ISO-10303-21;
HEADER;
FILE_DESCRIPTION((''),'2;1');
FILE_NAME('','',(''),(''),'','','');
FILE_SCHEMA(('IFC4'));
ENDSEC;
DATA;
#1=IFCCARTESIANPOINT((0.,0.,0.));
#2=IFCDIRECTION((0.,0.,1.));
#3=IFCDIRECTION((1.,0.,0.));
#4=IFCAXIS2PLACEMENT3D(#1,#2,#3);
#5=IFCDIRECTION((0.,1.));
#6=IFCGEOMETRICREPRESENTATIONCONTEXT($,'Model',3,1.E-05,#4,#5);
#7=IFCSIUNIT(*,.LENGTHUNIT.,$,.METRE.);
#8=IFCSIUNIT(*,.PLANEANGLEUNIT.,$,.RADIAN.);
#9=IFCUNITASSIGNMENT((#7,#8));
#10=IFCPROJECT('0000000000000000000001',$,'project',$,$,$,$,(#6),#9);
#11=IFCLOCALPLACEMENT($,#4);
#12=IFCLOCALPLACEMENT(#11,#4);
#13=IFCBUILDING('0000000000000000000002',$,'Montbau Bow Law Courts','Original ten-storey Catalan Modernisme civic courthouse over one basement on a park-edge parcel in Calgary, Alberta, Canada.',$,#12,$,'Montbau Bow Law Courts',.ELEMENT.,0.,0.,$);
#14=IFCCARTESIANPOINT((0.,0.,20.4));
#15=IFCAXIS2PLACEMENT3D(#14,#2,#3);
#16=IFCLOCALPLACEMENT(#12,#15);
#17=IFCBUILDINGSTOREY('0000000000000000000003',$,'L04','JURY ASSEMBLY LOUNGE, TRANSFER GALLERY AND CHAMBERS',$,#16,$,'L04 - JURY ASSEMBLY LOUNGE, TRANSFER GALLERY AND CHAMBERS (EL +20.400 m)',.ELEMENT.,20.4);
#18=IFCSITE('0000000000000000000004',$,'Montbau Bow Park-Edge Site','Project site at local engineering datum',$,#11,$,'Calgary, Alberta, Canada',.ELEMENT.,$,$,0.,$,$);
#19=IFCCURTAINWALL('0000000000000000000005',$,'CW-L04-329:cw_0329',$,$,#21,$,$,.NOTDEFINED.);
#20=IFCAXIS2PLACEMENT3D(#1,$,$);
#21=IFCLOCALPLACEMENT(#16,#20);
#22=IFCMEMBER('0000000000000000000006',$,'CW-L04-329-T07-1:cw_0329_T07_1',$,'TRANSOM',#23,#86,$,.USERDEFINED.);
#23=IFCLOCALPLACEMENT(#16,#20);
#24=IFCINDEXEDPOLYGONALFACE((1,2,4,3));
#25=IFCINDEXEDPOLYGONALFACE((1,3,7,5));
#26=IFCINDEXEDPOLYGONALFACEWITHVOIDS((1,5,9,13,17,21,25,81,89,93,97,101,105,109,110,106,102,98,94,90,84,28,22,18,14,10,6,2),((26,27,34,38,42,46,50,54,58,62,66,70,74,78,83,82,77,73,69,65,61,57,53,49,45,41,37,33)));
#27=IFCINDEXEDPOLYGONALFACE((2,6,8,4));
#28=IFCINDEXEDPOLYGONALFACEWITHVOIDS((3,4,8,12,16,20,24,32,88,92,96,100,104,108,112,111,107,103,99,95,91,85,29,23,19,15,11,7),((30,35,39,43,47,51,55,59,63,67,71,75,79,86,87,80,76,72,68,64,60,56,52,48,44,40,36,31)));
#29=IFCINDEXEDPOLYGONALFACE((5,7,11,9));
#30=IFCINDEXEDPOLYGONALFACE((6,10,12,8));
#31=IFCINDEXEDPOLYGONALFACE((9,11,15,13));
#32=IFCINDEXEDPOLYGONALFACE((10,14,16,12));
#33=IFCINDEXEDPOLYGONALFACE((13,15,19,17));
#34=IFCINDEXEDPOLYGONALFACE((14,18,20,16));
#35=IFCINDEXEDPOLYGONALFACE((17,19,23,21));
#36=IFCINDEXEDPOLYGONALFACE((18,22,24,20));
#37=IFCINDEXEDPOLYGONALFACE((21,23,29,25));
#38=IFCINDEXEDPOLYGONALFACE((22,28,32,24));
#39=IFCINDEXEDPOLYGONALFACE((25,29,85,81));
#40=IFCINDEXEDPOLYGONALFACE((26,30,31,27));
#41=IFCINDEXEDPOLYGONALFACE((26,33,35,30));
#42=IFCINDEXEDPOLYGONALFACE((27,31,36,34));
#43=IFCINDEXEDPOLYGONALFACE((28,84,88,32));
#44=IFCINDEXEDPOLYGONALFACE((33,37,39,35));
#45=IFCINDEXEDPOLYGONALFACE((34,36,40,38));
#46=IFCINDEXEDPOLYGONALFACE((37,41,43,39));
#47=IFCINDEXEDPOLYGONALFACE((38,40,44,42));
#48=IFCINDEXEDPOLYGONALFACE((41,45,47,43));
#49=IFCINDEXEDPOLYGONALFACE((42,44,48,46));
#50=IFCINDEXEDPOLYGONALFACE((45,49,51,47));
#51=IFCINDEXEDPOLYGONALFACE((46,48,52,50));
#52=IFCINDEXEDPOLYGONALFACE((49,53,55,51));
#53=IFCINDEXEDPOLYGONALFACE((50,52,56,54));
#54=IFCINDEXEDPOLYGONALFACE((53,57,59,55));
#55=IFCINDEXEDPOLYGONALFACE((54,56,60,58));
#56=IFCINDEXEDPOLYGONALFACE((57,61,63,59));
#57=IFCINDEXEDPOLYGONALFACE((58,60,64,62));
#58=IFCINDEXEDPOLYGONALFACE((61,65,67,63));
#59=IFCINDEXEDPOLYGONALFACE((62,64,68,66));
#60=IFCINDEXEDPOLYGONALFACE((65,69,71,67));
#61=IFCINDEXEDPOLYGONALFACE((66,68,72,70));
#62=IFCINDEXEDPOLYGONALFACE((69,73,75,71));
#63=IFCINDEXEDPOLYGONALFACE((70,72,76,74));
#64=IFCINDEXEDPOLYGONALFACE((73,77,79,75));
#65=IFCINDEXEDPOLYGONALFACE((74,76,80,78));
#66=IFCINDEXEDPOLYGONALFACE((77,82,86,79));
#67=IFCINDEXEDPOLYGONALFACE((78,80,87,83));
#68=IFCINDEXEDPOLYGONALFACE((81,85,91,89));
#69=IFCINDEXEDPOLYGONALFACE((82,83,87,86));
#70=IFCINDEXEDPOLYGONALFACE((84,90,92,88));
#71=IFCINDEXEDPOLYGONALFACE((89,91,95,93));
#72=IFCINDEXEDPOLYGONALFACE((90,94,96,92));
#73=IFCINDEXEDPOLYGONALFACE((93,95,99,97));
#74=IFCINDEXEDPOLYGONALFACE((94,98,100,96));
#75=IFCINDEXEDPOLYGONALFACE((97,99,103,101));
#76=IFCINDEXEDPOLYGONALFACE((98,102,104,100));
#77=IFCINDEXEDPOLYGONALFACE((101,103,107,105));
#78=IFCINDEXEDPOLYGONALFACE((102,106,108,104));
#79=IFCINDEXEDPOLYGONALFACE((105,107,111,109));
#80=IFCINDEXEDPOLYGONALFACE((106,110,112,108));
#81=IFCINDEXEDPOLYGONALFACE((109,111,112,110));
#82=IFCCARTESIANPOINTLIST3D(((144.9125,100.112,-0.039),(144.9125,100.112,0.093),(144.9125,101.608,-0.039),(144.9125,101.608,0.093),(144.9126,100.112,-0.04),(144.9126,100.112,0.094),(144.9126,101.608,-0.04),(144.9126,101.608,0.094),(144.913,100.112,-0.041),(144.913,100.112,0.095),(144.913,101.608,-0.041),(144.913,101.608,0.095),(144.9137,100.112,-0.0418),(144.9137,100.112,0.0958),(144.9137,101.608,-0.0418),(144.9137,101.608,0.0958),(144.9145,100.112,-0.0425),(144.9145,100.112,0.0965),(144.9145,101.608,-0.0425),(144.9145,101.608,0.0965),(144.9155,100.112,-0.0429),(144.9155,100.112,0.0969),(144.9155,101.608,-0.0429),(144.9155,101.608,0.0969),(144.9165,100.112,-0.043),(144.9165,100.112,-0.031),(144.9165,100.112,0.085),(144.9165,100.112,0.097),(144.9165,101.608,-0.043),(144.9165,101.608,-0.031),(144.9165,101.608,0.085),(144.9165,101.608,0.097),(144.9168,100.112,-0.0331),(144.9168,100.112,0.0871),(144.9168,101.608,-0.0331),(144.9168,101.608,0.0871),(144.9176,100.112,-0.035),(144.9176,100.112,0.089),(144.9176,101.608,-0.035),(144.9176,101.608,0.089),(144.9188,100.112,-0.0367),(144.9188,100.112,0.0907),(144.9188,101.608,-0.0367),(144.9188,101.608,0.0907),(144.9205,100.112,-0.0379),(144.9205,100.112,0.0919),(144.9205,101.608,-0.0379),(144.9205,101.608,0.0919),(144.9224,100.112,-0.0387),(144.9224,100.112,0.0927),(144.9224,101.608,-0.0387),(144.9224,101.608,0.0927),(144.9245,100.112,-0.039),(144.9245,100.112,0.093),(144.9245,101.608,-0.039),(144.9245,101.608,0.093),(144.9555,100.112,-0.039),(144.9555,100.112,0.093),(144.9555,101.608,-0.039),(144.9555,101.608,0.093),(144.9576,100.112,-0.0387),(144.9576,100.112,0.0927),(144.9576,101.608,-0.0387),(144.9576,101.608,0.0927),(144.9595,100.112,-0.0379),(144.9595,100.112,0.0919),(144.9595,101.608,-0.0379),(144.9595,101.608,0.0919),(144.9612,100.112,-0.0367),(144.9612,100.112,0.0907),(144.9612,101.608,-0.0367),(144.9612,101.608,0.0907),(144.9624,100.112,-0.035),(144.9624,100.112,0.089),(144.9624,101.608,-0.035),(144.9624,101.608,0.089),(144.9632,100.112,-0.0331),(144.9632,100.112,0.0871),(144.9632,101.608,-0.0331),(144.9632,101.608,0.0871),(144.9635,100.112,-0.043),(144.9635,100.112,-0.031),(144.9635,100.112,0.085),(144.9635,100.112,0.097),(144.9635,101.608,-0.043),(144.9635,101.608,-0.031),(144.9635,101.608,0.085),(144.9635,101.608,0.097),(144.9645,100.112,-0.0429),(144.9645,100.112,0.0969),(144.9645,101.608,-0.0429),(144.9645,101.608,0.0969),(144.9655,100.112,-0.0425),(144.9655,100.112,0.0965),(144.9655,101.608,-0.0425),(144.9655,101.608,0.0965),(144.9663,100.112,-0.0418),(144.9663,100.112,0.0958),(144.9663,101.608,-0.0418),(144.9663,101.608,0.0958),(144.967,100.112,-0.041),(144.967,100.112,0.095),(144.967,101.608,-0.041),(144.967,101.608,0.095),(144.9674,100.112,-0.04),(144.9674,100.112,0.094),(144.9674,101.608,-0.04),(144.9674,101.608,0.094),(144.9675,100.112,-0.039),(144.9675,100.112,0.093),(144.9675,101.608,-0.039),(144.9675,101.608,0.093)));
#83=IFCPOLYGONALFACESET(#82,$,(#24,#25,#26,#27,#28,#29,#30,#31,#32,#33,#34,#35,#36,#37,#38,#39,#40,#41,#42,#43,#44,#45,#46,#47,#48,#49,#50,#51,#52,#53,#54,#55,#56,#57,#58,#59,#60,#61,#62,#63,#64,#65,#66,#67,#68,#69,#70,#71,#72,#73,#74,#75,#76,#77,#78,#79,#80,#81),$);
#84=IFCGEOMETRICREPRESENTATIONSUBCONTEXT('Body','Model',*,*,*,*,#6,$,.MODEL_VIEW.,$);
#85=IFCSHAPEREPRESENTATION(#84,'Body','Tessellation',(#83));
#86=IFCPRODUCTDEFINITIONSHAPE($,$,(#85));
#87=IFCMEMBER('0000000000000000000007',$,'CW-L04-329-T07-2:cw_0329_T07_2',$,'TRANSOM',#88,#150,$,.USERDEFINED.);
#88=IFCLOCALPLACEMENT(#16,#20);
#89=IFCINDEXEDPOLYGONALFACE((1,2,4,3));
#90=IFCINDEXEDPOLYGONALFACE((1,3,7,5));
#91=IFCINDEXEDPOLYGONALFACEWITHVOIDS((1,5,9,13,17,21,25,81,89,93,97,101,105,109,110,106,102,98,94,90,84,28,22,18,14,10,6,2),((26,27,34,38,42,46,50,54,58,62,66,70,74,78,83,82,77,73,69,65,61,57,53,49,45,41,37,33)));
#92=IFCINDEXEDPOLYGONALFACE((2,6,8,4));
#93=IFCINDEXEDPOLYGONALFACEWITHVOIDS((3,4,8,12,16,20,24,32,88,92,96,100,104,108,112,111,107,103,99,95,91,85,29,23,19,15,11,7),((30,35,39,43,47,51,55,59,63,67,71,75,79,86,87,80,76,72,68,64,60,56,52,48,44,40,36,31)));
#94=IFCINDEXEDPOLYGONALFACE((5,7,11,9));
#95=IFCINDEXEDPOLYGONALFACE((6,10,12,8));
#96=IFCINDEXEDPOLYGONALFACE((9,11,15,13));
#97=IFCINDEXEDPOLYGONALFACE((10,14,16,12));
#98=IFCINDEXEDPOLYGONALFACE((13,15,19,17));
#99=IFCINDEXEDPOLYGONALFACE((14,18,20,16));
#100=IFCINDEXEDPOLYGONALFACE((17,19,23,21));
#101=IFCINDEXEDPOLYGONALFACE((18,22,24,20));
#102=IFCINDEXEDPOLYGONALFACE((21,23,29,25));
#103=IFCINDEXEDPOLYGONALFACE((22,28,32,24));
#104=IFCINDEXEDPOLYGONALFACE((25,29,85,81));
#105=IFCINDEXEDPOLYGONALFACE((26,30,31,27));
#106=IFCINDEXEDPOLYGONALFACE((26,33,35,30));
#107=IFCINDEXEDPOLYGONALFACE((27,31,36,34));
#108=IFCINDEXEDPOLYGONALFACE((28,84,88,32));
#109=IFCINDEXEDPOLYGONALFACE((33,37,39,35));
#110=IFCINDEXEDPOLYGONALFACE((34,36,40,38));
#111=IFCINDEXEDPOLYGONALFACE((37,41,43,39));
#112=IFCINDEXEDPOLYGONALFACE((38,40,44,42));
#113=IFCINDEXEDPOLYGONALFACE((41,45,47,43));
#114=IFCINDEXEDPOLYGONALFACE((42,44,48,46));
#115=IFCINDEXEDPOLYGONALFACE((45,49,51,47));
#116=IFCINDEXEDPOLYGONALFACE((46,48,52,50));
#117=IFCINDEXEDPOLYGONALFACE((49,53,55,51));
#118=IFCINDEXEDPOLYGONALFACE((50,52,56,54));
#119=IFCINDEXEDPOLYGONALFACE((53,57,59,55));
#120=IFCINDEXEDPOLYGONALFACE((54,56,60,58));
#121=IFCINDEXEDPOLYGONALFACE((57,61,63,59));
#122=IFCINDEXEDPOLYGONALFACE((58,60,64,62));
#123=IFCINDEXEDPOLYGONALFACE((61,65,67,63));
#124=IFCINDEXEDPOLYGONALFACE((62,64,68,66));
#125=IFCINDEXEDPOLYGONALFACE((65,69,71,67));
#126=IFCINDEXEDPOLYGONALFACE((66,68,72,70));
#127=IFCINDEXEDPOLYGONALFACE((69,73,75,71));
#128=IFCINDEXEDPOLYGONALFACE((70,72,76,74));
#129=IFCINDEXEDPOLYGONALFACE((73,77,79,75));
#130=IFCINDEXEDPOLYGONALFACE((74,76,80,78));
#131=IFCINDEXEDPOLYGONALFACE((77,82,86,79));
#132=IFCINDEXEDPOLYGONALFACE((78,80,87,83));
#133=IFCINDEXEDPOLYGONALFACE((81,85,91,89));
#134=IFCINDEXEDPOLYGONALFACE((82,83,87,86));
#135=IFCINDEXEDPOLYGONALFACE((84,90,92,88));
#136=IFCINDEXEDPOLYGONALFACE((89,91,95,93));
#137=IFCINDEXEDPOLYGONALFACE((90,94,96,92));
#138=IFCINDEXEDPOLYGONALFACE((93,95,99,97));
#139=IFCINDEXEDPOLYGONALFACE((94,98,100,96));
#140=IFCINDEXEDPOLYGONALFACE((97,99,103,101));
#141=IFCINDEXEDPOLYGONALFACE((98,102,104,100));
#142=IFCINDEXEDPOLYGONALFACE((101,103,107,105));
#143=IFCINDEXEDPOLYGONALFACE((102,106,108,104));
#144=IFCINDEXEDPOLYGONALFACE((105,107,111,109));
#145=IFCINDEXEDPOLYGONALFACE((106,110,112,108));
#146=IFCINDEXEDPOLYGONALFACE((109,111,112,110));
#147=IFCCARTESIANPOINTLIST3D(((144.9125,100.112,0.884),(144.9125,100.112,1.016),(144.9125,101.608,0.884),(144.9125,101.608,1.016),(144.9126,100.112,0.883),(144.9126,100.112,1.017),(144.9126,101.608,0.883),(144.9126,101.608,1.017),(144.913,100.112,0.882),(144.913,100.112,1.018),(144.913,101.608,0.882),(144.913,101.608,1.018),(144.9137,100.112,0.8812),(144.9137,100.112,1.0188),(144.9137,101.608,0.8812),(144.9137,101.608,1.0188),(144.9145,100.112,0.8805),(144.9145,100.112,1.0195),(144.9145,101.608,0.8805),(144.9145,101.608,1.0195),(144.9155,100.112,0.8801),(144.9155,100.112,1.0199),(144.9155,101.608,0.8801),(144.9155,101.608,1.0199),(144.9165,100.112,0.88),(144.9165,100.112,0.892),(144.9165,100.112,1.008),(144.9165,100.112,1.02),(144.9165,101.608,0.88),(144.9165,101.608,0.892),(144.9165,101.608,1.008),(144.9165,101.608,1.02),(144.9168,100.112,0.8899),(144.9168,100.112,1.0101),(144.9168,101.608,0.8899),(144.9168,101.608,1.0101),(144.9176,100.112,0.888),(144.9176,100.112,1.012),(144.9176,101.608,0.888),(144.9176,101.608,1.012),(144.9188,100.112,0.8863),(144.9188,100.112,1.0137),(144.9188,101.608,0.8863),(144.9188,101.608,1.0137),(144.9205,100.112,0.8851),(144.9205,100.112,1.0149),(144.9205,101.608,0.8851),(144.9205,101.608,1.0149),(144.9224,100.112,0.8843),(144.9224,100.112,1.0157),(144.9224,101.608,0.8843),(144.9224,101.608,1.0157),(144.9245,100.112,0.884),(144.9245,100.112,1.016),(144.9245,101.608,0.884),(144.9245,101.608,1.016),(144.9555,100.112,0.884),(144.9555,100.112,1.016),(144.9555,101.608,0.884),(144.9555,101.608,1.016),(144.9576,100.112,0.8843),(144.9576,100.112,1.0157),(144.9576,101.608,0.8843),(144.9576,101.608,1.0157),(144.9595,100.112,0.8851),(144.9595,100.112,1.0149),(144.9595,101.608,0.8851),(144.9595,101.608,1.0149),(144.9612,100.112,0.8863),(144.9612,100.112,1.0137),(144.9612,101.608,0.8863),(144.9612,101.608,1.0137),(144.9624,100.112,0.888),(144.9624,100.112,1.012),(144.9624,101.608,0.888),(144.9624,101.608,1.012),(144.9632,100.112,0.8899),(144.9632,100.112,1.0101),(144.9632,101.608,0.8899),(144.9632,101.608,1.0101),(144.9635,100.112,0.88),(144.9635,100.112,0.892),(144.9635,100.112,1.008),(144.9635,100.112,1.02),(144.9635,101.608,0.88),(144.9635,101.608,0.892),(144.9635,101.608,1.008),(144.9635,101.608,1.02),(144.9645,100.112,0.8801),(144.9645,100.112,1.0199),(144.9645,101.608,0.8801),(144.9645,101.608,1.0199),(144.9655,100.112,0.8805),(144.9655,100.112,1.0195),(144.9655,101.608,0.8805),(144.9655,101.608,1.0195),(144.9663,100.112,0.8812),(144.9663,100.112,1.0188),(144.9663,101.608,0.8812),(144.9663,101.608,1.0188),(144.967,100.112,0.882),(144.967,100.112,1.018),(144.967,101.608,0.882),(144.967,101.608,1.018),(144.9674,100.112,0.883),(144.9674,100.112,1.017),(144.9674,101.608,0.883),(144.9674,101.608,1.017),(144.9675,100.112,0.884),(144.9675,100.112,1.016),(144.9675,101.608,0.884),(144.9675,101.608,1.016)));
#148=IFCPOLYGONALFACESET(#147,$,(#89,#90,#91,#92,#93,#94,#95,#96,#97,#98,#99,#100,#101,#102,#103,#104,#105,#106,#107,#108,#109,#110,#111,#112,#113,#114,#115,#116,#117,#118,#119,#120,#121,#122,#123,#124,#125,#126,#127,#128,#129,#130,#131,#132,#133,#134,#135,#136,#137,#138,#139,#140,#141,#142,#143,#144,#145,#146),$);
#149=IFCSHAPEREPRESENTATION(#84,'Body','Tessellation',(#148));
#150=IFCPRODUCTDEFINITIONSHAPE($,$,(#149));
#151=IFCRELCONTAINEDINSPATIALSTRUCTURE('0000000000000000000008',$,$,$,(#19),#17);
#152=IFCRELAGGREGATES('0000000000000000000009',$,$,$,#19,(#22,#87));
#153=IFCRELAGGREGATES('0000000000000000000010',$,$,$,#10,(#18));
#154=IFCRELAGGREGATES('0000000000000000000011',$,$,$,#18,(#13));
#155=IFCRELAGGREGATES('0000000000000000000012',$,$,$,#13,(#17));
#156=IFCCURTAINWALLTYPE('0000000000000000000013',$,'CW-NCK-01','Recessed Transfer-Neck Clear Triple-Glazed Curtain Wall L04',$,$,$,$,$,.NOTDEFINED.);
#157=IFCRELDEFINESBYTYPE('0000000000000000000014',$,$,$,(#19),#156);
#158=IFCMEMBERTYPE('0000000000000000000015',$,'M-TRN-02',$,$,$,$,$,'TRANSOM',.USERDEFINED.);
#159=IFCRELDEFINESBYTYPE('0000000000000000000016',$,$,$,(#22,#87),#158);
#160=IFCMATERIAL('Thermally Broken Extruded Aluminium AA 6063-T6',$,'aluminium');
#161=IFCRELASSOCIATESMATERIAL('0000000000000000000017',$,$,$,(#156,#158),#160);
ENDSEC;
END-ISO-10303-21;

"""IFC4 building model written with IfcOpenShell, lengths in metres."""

from ifc_helpers import new_model, si_unit, direction, frame, origin_with_axes, origin_2d_with_axis, place, context, subcontext, project, spatial, hollow_rectangle, extrude, material, material_profile, profile_set, type_object, element, aggregate, save


model = new_model("IFC4")

# Units and contexts
model_context = context("Model", 3, precision=1e-05, world=origin_with_axes(), true_north=direction((0.0, 1.0)))
body_context = subcontext(model_context, "Body", "Model", "MODEL_VIEW")
ifc_project = project(units=[si_unit("LENGTHUNIT", "METRE"), si_unit("PLANEANGLEUNIT", "RADIAN")], contexts=[model_context])

# Site, building, storey
site_placement = place(None, origin_with_axes())
site = spatial("IfcSite", under=ifc_project, at=site_placement, Name="Montbau Bow Park-Edge Site", Description="Project site at local engineering datum", LongName="Calgary, Alberta, Canada", CompositionType="ELEMENT", RefElevation=0.0)
building_placement = place(site_placement, origin_with_axes())
building = spatial("IfcBuilding", under=site, at=building_placement, Name="Montbau Bow Law Courts", Description="Original ten-storey Catalan Modernisme civic courthouse over one basement on a park-edge parcel in Calgary, Alberta, Canada.", LongName="Montbau Bow Law Courts", CompositionType="ELEMENT", ElevationOfRefHeight=0.0, ElevationOfTerrain=0.0)
storey_placement = place(building_placement, frame((0.0, 0.0, 20.4), z_axis=(0.0, 0.0, 1.0), x_axis=(1.0, 0.0, 0.0)))
storey = spatial("IfcBuildingStorey", under=building, at=storey_placement, Name="L04", Description="JURY ASSEMBLY LOUNGE, TRANSFER GALLERY AND CHAMBERS", LongName="L04 - JURY ASSEMBLY LOUNGE, TRANSFER GALLERY AND CHAMBERS (EL +20.400 m)", CompositionType="ELEMENT", Elevation=20.4)

# Curtain wall, members
ifc_material_1 = material(Name="Thermally Broken Extruded Aluminium AA 6063-T6", Category="aluminium")
curtain_wall_type = type_object("IfcCurtainWallType", Name="CW-NCK-01", Description="Recessed Transfer-Neck Clear Triple-Glazed Curtain Wall L04", PredefinedType="NOTDEFINED", material=ifc_material_1)
curtain_wall_placement = place(None, frame((144.94, 90.72, 20.4), z_axis=(0.0, 0.0, 1.0), x_axis=(1.0, 0.0, 0.0)))
curtain_wall = element("IfcCurtainWall", 1, at=curtain_wall_placement, inside=storey, type_object=curtain_wall_type, Name="CW-L04-329:cw_0329", PredefinedType="NOTDEFINED")
ifc_material_profile_1 = material_profile(ifc_material_1, hollow_rectangle(XDim=0.055, YDim=0.14, WallThickness=0.004, InnerFilletRadius=0.008, OuterFilletRadius=0.004, at=origin_2d_with_axis()), Name="CWT-140X55", Category="Main", Priority=0)
ifc_profile_set_1 = profile_set([ifc_material_profile_1], Name="Thermally Broken Extruded Aluminium AA 6063-T6")
member_type_1 = type_object("IfcMemberType", Name="M-TRN-02", ElementType="TRANSOM", PredefinedType="USERDEFINED", material=ifc_profile_set_1)
member_1_placement = place(None, frame((144.94, 100.112, 20.427), z_axis=(0.0, 1.0, 0.0), x_axis=(-1.0, 0.0, 0.0)))
member_1 = element("IfcMember", 2, at=member_1_placement, type_object=member_type_1, Name="CW-L04-329-T07-1:cw_0329_T07_1", ObjectType="TRANSOM", PredefinedType="USERDEFINED", context=body_context, shape_type="SweptSolid", body=[
    extrude(hollow_rectangle(XDim=0.055, YDim=0.14, WallThickness=0.004, InnerFilletRadius=0.008, OuterFilletRadius=0.004, at=origin_2d_with_axis()), origin_with_axes(), (0.0, 0.0, 1.0), 1.496),
])
member_2_placement = place(None, frame((144.94, 100.112, 21.35), z_axis=(0.0, 1.0, 0.0), x_axis=(-1.0, 0.0, 0.0)))
member_2 = element("IfcMember", 3, at=member_2_placement, type_object=member_type_1, Name="CW-L04-329-T07-2:cw_0329_T07_2", ObjectType="TRANSOM", PredefinedType="USERDEFINED", context=body_context, shape_type="SweptSolid", body=[
    extrude(hollow_rectangle(XDim=0.055, YDim=0.14, WallThickness=0.004, InnerFilletRadius=0.008, OuterFilletRadius=0.004, at=origin_2d_with_axis()), origin_with_axes(), (0.0, 0.0, 1.0), 1.496),
])
aggregate(curtain_wall, [member_1, member_2])

save(model, "model.ifc")
